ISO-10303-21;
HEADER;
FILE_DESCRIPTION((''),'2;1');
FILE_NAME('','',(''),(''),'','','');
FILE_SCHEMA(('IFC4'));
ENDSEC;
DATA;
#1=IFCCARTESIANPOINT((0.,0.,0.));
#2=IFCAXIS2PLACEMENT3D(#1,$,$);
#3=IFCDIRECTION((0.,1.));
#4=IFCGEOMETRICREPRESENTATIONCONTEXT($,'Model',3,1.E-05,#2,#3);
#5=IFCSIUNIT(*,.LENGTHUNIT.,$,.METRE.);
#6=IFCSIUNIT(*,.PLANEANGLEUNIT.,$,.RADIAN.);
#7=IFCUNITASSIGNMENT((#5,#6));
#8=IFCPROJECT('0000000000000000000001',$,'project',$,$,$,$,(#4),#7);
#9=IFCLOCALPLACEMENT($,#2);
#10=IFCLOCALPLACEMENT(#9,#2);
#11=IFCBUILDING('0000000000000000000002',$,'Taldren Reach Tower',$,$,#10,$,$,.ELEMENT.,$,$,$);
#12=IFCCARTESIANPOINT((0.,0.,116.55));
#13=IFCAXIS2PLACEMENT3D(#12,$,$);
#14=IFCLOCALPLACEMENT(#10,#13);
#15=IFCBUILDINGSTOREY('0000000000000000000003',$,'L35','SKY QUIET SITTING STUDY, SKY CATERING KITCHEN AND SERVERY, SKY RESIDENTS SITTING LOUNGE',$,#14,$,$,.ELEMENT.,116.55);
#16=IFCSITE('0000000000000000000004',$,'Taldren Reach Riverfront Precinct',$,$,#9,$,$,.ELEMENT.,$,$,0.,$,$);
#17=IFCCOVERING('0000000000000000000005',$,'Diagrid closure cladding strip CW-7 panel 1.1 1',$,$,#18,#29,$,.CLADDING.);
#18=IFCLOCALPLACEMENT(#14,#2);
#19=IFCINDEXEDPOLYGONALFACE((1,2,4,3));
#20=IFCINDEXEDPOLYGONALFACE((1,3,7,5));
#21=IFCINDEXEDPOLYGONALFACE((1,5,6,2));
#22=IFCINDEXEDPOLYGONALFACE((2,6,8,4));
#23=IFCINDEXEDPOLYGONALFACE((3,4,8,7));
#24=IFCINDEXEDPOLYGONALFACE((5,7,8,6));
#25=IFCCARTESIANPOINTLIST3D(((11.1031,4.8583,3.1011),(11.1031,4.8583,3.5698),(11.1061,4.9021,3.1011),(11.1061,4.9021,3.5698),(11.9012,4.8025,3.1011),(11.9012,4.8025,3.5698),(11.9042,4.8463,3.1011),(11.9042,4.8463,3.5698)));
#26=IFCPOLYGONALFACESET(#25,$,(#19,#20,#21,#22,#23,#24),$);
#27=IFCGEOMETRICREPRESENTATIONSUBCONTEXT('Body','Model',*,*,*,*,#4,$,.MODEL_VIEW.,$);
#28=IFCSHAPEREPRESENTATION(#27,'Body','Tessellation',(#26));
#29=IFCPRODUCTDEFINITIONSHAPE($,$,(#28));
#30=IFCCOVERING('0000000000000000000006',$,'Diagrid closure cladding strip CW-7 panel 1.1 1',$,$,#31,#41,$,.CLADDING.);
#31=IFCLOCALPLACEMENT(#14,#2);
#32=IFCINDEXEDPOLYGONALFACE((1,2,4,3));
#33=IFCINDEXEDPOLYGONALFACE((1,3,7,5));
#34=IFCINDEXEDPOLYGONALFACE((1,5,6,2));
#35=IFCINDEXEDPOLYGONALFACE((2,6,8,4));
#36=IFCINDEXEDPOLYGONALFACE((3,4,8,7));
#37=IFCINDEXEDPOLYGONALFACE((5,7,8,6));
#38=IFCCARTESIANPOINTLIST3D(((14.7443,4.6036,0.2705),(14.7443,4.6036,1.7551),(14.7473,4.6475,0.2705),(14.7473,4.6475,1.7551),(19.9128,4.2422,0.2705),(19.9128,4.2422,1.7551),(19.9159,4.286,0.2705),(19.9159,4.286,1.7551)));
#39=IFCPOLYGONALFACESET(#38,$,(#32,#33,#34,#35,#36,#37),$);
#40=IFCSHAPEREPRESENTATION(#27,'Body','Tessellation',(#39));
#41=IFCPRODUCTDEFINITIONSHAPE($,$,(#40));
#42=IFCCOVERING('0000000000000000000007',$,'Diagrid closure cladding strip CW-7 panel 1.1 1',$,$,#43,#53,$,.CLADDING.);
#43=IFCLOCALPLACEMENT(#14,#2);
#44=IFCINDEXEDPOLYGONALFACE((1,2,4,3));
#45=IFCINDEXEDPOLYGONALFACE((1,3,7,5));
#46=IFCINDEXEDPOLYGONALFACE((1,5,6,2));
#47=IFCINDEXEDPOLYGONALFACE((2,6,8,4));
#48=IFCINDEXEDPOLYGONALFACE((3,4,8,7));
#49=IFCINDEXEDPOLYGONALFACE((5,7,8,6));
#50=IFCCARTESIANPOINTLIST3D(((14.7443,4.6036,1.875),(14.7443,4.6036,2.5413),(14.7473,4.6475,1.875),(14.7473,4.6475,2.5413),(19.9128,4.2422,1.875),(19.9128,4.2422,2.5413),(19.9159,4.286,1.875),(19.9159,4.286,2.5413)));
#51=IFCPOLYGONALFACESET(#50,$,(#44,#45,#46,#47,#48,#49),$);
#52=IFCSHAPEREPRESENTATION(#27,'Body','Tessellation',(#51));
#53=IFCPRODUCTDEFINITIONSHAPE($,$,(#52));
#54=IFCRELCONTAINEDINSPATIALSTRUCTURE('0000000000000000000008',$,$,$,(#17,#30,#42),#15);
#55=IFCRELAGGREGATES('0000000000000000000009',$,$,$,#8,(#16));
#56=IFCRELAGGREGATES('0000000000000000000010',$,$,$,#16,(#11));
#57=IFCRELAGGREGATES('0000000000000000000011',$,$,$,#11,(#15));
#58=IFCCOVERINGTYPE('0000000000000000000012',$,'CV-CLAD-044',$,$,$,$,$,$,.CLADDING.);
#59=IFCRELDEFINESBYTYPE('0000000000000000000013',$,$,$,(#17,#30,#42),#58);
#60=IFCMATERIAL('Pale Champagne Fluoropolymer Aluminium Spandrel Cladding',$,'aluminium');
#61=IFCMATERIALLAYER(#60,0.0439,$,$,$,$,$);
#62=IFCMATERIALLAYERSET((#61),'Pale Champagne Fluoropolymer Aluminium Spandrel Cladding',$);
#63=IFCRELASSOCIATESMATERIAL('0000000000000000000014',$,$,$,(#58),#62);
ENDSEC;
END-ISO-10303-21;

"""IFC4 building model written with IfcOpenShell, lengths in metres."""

from ifc_helpers import new_model, si_unit, direction, frame, origin, origin_2d, place, context, subcontext, project, spatial, rectangle, extrude, source, transform, mapped, material, layer, layer_set, type_object, element, save


model = new_model("IFC4")

# Units and contexts
model_context = context("Model", 3, precision=1e-05, world=origin(), true_north=direction((0.0, 1.0)))
body_context = subcontext(model_context, "Body", "Model", "MODEL_VIEW")
ifc_project = project(units=[si_unit("LENGTHUNIT", "METRE"), si_unit("PLANEANGLEUNIT", "RADIAN")], contexts=[model_context])

# Site, building, storey
site_placement = place(None, origin())
site = spatial("IfcSite", under=ifc_project, at=site_placement, Name="Taldren Reach Riverfront Precinct", CompositionType="ELEMENT", RefElevation=0.0)
building_placement = place(site_placement, origin())
building = spatial("IfcBuilding", under=site, at=building_placement, Name="Taldren Reach Tower", CompositionType="ELEMENT")
storey_placement = place(building_placement, frame((0.0, 0.0, 116.55)))
storey = spatial("IfcBuildingStorey", under=building, at=storey_placement, Name="L35", Description="SKY QUIET SITTING STUDY, SKY CATERING KITCHEN AND SERVERY, SKY RESIDENTS SITTING LOUNGE", CompositionType="ELEMENT", Elevation=116.55)

# Coverings
ifc_material_1 = material(Name="Pale Champagne Fluoropolymer Aluminium Spandrel Cladding", Category="aluminium")
ifc_layer_1 = layer(ifc_material_1, 0.0439)
ifc_layer_set_1 = layer_set([ifc_layer_1], Name="Pale Champagne Fluoropolymer Aluminium Spandrel Cladding")
covering_type = type_object("IfcCoveringType", Name="CV-CLAD-044", PredefinedType="CLADDING", material=ifc_layer_set_1)
shared_shape_1 = source(origin(), body_context, "Body", "SweptSolid", [
    extrude(rectangle(XDim=0.8, YDim=0.0439, at=origin_2d()), origin(), (0.0, 0.0, 1.0), 0.4688),
])
covering_1_placement = place(storey_placement, frame((11.5037, 4.8523, 3.1011), z_axis=(0.0, 0.0, 1.0), x_axis=(0.997564, -0.069758, 0.0)))
element("IfcCovering", 1, at=covering_1_placement, inside=storey, type_object=covering_type, Name="Diagrid closure cladding strip CW-7 panel 1.1 1", PredefinedType="CLADDING", context=body_context, shape_type="MappedRepresentation", body=[
    mapped(shared_shape_1, transform((0.0, 0.0, 0.0), scale=1.0)),
])
shared_shape_2 = source(origin(), body_context, "Body", "SweptSolid", [
    extrude(rectangle(XDim=5.1812, YDim=0.0439, at=origin_2d()), origin(), (0.0, 0.0, 1.0), 1.4846),
])
covering_2_placement = place(storey_placement, frame((17.3301, 4.4448, 0.2705), z_axis=(0.0, 0.0, 1.0), x_axis=(0.997564, -0.069757, 0.0)))
element("IfcCovering", 2, at=covering_2_placement, inside=storey, type_object=covering_type, Name="Diagrid closure cladding strip CW-7 panel 1.1 1", PredefinedType="CLADDING", context=body_context, shape_type="MappedRepresentation", body=[
    mapped(shared_shape_2, transform((0.0, 0.0, 0.0), scale=1.0)),
])
shared_shape_3 = source(origin(), body_context, "Body", "SweptSolid", [
    extrude(rectangle(XDim=5.1812, YDim=0.0439, at=origin_2d()), origin(), (0.0, 0.0, 1.0), 0.6663),
])
covering_3_placement = place(storey_placement, frame((17.3301, 4.4448, 1.875), z_axis=(0.0, 0.0, 1.0), x_axis=(0.997564, -0.069757, 0.0)))
element("IfcCovering", 3, at=covering_3_placement, inside=storey, type_object=covering_type, Name="Diagrid closure cladding strip CW-7 panel 1.1 1", PredefinedType="CLADDING", context=body_context, shape_type="MappedRepresentation", body=[
    mapped(shared_shape_3, transform((0.0, 0.0, 0.0), scale=1.0)),
])

save(model, "model.ifc")
